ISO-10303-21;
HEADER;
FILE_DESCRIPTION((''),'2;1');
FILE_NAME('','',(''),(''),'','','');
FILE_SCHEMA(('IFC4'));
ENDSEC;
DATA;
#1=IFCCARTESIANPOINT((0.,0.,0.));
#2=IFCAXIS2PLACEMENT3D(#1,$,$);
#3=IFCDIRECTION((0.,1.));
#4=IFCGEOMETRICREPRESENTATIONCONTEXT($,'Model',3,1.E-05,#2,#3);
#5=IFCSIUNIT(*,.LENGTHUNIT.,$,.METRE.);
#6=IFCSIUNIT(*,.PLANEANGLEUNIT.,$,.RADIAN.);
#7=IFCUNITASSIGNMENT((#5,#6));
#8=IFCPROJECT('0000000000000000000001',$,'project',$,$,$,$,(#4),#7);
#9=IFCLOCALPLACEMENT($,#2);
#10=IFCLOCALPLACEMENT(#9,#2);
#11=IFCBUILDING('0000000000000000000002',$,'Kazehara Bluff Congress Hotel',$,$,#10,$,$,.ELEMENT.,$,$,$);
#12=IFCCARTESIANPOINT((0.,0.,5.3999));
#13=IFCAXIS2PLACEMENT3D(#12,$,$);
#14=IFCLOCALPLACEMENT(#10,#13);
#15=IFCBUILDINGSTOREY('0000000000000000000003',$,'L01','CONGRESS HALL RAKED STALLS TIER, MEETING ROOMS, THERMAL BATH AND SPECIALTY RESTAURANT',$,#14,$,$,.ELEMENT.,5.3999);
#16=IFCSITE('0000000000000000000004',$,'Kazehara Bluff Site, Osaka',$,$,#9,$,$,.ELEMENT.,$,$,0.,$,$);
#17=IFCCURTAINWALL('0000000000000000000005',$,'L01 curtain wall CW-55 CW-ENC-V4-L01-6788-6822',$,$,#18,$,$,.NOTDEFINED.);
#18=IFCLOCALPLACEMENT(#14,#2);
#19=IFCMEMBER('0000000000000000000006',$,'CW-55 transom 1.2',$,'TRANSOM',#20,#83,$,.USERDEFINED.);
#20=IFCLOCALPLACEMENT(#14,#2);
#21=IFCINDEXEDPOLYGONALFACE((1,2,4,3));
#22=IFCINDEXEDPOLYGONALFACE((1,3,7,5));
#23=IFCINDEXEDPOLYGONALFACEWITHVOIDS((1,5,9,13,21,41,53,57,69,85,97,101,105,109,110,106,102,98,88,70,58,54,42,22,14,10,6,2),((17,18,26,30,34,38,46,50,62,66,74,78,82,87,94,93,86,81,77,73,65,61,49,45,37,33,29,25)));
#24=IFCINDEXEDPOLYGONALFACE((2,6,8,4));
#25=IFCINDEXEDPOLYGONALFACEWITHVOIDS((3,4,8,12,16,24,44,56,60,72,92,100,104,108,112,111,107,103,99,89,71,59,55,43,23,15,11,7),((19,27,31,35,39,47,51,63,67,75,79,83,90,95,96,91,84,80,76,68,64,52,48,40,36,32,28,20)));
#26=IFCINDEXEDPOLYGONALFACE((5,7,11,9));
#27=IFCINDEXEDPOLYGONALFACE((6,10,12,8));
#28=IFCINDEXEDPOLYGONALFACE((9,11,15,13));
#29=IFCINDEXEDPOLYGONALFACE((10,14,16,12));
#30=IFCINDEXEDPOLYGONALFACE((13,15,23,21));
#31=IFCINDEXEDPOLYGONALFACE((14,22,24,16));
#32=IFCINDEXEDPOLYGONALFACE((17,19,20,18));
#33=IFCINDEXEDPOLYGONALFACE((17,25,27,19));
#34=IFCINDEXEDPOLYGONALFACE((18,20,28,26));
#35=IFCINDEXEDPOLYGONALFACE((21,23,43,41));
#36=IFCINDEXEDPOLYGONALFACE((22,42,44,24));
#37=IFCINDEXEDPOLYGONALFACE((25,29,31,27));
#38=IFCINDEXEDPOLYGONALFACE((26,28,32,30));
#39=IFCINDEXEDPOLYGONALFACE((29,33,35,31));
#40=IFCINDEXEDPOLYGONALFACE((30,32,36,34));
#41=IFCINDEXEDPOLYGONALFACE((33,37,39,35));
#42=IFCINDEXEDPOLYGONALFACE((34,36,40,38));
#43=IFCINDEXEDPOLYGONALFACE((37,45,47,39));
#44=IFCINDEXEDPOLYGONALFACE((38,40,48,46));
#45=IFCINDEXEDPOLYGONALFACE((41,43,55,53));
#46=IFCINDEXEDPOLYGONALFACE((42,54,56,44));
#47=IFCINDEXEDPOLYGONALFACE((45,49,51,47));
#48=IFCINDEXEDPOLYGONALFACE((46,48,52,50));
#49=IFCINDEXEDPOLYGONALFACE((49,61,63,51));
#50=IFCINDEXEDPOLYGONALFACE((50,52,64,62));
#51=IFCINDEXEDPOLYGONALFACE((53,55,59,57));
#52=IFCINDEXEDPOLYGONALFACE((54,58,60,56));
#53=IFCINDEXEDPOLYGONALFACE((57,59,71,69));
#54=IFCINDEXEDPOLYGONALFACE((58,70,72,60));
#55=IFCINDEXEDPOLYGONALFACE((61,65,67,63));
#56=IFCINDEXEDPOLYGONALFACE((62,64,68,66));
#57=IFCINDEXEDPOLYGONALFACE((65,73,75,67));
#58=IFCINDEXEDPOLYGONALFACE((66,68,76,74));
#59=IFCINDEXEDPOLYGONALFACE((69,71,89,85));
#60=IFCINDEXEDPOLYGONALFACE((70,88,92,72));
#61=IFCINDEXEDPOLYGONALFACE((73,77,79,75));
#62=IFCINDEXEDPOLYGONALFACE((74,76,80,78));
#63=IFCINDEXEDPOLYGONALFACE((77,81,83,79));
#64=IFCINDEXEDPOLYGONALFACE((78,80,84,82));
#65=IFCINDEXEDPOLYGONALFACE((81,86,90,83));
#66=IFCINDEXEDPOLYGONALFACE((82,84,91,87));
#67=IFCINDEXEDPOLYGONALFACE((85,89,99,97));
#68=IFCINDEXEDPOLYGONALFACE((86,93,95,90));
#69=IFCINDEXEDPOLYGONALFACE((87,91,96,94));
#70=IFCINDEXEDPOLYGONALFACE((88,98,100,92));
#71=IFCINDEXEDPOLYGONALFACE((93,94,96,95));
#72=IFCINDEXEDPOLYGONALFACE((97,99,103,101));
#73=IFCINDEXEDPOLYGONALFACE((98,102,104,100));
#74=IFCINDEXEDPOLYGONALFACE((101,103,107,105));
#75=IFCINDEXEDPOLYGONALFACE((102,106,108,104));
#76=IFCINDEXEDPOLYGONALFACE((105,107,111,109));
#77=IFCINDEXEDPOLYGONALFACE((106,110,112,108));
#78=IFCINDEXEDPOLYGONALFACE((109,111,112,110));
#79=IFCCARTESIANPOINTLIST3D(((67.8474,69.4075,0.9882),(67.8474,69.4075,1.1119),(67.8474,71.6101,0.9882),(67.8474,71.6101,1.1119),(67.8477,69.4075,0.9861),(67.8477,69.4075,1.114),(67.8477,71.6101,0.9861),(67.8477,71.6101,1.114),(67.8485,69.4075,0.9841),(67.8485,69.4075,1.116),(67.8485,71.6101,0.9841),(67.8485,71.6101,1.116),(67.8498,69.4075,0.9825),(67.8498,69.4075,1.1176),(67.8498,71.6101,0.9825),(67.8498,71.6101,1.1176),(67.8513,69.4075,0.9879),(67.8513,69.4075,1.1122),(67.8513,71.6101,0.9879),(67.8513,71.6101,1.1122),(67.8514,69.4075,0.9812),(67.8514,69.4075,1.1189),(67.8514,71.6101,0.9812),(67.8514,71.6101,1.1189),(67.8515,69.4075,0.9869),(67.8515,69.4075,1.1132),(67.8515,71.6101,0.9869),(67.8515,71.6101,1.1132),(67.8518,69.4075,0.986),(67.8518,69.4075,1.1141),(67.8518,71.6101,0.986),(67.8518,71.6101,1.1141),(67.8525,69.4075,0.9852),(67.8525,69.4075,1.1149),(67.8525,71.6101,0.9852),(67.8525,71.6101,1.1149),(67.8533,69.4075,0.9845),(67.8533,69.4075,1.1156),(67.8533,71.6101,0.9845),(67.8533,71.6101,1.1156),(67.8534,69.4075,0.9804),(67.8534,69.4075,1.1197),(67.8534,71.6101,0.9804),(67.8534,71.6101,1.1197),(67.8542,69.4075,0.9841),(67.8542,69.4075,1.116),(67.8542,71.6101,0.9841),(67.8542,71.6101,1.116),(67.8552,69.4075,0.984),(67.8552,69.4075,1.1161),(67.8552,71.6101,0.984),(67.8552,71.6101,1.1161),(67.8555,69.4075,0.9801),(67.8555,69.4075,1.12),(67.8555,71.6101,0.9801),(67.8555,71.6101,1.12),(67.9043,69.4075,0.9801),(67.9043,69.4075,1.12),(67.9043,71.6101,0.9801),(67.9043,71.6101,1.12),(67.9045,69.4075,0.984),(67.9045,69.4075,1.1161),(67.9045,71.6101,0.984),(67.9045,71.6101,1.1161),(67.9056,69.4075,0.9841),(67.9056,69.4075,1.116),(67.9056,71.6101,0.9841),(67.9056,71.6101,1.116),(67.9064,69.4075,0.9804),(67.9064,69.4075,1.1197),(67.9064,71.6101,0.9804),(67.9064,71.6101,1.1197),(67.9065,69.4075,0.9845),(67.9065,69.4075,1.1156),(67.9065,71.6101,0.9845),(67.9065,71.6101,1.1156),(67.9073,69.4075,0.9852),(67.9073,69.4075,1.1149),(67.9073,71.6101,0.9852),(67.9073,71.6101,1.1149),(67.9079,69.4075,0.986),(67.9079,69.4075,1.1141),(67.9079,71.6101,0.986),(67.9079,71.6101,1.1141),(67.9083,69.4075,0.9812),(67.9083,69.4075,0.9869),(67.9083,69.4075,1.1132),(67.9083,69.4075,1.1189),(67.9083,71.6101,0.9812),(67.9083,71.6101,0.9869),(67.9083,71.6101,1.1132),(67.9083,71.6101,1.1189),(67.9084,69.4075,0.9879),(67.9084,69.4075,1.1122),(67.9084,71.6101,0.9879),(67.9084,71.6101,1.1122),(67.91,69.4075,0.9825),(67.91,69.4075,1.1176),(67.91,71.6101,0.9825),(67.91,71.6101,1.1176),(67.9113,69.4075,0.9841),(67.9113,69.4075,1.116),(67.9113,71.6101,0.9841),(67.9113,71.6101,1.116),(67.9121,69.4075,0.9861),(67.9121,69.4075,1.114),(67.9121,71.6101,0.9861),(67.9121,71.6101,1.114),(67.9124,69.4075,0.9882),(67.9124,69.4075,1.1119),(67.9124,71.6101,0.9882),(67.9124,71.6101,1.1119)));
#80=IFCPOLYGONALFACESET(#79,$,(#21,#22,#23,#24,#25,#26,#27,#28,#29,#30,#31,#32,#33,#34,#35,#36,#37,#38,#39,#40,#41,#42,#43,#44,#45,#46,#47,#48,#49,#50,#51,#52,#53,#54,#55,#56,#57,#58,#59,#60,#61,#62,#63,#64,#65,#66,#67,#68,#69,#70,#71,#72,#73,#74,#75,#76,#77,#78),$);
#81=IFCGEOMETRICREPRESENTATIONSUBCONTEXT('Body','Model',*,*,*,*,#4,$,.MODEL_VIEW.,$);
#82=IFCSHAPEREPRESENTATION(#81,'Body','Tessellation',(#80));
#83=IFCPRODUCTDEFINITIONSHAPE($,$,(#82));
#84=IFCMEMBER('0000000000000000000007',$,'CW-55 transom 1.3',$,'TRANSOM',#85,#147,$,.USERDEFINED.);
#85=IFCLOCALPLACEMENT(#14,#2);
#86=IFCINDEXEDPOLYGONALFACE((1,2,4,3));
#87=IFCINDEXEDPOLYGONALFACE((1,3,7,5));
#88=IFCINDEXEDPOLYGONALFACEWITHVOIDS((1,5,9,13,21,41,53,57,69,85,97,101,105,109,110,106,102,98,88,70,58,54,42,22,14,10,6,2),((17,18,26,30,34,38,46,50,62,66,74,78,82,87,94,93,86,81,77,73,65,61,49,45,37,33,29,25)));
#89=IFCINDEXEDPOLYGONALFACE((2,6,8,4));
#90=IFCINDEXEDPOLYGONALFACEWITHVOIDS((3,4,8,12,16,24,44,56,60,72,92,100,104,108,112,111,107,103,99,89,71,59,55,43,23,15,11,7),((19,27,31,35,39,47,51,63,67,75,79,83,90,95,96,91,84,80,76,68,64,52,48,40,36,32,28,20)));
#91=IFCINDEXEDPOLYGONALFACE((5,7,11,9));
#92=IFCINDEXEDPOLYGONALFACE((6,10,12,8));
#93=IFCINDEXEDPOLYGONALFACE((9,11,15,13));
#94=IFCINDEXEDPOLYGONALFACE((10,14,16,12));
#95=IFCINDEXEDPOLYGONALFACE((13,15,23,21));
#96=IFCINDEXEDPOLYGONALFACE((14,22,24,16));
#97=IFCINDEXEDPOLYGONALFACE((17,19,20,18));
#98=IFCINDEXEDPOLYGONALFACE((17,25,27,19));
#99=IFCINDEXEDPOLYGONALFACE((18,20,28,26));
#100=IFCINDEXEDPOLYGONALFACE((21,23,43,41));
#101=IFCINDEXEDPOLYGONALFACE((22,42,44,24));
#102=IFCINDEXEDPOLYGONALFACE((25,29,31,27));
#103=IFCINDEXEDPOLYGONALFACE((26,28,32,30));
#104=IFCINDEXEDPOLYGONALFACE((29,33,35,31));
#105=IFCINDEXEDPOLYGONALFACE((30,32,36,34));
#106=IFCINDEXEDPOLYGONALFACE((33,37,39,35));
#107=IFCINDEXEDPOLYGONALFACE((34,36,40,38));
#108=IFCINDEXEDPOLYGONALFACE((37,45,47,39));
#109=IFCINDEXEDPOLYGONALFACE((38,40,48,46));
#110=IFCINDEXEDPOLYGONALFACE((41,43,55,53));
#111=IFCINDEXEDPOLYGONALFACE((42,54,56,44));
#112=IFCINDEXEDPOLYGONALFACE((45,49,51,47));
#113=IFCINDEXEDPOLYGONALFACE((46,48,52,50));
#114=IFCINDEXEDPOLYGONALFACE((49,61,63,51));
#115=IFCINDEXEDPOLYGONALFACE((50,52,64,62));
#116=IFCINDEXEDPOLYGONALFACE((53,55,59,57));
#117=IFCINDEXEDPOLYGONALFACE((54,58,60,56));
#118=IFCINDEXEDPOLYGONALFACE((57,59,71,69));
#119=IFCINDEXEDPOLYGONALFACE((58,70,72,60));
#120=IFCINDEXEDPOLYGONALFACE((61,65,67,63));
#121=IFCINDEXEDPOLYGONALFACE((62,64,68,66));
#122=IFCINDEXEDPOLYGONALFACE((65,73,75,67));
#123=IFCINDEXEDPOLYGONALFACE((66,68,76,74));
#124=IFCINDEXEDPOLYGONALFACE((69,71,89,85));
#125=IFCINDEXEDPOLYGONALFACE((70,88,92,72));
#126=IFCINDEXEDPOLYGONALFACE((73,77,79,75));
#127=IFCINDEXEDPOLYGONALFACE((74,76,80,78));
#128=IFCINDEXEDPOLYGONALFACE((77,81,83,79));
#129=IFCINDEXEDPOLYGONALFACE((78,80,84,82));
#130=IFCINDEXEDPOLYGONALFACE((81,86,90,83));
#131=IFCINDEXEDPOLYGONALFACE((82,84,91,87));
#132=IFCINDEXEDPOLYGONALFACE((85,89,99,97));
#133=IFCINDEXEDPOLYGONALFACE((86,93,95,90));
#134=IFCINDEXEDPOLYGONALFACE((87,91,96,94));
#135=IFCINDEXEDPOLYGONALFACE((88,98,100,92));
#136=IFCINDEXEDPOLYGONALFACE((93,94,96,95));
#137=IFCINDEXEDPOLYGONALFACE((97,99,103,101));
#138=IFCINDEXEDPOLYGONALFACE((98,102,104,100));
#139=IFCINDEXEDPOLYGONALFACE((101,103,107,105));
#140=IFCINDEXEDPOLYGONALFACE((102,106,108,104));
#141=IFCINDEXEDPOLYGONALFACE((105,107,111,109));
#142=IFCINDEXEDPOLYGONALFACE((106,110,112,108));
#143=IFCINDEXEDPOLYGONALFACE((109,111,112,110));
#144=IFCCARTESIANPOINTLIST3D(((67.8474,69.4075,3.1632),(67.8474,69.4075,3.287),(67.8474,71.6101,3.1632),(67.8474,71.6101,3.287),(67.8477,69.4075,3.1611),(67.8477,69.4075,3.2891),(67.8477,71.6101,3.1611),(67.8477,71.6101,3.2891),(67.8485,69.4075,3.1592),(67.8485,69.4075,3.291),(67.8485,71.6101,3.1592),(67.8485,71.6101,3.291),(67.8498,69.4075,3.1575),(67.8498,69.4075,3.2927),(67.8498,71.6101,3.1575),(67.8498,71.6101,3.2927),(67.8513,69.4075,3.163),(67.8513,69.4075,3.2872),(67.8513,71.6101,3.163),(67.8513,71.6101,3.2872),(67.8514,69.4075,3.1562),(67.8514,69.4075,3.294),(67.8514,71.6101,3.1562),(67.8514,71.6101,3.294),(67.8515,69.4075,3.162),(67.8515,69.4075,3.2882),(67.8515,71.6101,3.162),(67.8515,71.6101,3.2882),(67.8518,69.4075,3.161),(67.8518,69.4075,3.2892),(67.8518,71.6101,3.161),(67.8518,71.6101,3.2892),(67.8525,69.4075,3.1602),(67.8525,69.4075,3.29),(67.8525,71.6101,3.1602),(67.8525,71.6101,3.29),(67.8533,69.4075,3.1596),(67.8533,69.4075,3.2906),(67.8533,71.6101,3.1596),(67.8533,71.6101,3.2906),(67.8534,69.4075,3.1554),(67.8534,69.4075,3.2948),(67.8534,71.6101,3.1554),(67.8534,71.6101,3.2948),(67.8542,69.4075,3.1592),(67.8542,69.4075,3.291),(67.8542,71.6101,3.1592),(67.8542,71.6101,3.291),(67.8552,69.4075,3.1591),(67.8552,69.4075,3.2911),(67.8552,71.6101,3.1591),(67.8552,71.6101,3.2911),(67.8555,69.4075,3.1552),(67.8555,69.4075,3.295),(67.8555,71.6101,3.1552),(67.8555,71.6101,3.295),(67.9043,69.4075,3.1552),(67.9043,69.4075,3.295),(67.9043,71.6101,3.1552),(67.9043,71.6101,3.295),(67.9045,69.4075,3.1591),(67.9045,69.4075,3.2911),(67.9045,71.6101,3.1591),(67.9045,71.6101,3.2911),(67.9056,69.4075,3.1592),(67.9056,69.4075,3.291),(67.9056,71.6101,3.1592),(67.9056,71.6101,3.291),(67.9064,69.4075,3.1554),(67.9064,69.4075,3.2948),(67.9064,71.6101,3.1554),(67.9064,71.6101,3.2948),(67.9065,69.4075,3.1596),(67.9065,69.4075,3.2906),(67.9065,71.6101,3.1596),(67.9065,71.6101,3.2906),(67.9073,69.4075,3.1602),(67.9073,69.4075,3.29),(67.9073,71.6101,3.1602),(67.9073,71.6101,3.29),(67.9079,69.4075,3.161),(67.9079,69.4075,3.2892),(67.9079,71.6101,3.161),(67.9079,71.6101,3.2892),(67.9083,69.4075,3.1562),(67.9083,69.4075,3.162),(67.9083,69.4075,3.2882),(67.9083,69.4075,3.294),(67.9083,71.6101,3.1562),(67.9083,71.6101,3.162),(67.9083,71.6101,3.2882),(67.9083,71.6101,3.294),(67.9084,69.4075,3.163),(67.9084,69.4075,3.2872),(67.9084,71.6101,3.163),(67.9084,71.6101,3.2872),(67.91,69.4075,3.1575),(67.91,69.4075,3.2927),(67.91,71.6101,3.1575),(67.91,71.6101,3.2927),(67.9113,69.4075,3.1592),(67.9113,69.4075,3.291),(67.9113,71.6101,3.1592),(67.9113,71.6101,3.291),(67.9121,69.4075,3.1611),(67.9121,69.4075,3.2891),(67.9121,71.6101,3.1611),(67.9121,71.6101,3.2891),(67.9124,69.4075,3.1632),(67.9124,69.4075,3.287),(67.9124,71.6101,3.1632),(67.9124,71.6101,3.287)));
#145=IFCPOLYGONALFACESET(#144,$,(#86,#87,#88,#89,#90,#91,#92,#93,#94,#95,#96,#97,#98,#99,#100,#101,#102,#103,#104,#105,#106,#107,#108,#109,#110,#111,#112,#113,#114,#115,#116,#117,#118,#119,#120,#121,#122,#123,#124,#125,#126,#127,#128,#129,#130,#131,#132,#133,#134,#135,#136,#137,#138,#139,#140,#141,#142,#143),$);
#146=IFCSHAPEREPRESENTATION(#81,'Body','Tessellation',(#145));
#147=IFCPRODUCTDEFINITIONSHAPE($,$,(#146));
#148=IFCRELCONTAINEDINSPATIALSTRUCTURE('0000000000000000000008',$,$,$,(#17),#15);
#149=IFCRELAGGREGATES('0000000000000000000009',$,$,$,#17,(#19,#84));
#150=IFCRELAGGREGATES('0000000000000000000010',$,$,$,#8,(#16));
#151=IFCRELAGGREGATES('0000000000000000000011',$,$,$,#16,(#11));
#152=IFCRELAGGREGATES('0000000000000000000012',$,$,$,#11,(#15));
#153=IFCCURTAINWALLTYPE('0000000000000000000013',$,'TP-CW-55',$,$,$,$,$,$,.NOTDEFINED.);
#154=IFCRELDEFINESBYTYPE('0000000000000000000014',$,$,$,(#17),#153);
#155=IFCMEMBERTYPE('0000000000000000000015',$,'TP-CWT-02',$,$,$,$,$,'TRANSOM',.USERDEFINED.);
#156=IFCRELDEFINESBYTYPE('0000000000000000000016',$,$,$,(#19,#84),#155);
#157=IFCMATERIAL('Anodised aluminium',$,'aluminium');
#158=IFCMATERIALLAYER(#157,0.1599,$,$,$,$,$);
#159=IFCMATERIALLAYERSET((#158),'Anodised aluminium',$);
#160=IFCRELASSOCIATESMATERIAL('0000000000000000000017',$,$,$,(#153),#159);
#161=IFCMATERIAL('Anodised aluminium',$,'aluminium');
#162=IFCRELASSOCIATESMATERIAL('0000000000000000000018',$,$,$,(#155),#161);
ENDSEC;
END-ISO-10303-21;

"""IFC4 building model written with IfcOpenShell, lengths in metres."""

from ifc_helpers import new_model, si_unit, direction, frame, origin, origin_2d, place, context, subcontext, project, spatial, hollow_rectangle, extrude, material, layer, layer_set, material_profile, profile_set, type_object, element, aggregate, save


model = new_model("IFC4")

# Units and contexts
model_context = context("Model", 3, precision=1e-05, world=origin(), true_north=direction((0.0, 1.0)))
body_context = subcontext(model_context, "Body", "Model", "MODEL_VIEW")
ifc_project = project(units=[si_unit("LENGTHUNIT", "METRE"), si_unit("PLANEANGLEUNIT", "RADIAN")], contexts=[model_context])

# Site, building, storey
site_placement = place(None, origin())
site = spatial("IfcSite", under=ifc_project, at=site_placement, Name="Kazehara Bluff Site, Osaka", CompositionType="ELEMENT", RefElevation=0.0)
building_placement = place(site_placement, origin())
building = spatial("IfcBuilding", under=site, at=building_placement, Name="Kazehara Bluff Congress Hotel", CompositionType="ELEMENT")
storey_placement = place(building_placement, frame((0.0, 0.0, 5.3999)))
storey = spatial("IfcBuildingStorey", under=building, at=storey_placement, Name="L01", Description="CONGRESS HALL RAKED STALLS TIER, MEETING ROOMS, THERMAL BATH AND SPECIALTY RESTAURANT", CompositionType="ELEMENT", Elevation=5.3999)

# Curtain wall, members
ifc_material_1 = material(Name="Anodised aluminium", Category="aluminium")
ifc_layer_1 = layer(ifc_material_1, 0.1599)
ifc_layer_set_1 = layer_set([ifc_layer_1], Name="Anodised aluminium")
curtain_wall_type = type_object("IfcCurtainWallType", Name="TP-CW-55", PredefinedType="NOTDEFINED", material=ifc_layer_set_1)
curtain_wall_placement = place(storey_placement, origin())
curtain_wall = element("IfcCurtainWall", 1, at=curtain_wall_placement, inside=storey, type_object=curtain_wall_type, Name="L01 curtain wall CW-55 CW-ENC-V4-L01-6788-6822", PredefinedType="NOTDEFINED")
ifc_material_2 = material(Name="Anodised aluminium", Category="aluminium")
ifc_material_profile_1 = material_profile(ifc_material_2, hollow_rectangle(XDim=0.0649, YDim=0.1399, WallThickness=0.0039, InnerFilletRadius=0.0039, OuterFilletRadius=0.0081, at=origin_2d()))
ifc_profile_set_1 = profile_set([ifc_material_profile_1], Name="Anodised aluminium")
member_type_1 = type_object("IfcMemberType", Name="TP-CWT-02", ElementType="TRANSOM", PredefinedType="USERDEFINED", material=ifc_profile_set_1)
member_1_placement = place(storey_placement, frame((67.8799, 71.6101, 1.05), z_axis=(0.0, -1.0, 0.0), x_axis=(1.0, 0.0, 0.0)))
member_1 = element("IfcMember", 2, at=member_1_placement, type_object=member_type_1, Name="CW-55 transom 1.2", ObjectType="TRANSOM", PredefinedType="USERDEFINED", context=body_context, shape_type="SweptSolid", body=[
    extrude(hollow_rectangle(XDim=0.0649, YDim=0.1399, WallThickness=0.0039, InnerFilletRadius=0.0039, OuterFilletRadius=0.0081, at=origin_2d()), origin(), (0.0, 0.0, 1.0), 2.2026),
])
member_2_placement = place(storey_placement, frame((67.8799, 71.6101, 3.2251), z_axis=(0.0, -1.0, 0.0), x_axis=(1.0, 0.0, 0.0)))
member_2 = element("IfcMember", 3, at=member_2_placement, type_object=member_type_1, Name="CW-55 transom 1.3", ObjectType="TRANSOM", PredefinedType="USERDEFINED", context=body_context, shape_type="SweptSolid", body=[
    extrude(hollow_rectangle(XDim=0.0649, YDim=0.1399, WallThickness=0.0039, InnerFilletRadius=0.0039, OuterFilletRadius=0.0081, at=origin_2d()), origin(), (0.0, 0.0, 1.0), 2.2026),
])

aggregate(curtain_wall, [member_1, member_2])

save(model, "model.ifc")
